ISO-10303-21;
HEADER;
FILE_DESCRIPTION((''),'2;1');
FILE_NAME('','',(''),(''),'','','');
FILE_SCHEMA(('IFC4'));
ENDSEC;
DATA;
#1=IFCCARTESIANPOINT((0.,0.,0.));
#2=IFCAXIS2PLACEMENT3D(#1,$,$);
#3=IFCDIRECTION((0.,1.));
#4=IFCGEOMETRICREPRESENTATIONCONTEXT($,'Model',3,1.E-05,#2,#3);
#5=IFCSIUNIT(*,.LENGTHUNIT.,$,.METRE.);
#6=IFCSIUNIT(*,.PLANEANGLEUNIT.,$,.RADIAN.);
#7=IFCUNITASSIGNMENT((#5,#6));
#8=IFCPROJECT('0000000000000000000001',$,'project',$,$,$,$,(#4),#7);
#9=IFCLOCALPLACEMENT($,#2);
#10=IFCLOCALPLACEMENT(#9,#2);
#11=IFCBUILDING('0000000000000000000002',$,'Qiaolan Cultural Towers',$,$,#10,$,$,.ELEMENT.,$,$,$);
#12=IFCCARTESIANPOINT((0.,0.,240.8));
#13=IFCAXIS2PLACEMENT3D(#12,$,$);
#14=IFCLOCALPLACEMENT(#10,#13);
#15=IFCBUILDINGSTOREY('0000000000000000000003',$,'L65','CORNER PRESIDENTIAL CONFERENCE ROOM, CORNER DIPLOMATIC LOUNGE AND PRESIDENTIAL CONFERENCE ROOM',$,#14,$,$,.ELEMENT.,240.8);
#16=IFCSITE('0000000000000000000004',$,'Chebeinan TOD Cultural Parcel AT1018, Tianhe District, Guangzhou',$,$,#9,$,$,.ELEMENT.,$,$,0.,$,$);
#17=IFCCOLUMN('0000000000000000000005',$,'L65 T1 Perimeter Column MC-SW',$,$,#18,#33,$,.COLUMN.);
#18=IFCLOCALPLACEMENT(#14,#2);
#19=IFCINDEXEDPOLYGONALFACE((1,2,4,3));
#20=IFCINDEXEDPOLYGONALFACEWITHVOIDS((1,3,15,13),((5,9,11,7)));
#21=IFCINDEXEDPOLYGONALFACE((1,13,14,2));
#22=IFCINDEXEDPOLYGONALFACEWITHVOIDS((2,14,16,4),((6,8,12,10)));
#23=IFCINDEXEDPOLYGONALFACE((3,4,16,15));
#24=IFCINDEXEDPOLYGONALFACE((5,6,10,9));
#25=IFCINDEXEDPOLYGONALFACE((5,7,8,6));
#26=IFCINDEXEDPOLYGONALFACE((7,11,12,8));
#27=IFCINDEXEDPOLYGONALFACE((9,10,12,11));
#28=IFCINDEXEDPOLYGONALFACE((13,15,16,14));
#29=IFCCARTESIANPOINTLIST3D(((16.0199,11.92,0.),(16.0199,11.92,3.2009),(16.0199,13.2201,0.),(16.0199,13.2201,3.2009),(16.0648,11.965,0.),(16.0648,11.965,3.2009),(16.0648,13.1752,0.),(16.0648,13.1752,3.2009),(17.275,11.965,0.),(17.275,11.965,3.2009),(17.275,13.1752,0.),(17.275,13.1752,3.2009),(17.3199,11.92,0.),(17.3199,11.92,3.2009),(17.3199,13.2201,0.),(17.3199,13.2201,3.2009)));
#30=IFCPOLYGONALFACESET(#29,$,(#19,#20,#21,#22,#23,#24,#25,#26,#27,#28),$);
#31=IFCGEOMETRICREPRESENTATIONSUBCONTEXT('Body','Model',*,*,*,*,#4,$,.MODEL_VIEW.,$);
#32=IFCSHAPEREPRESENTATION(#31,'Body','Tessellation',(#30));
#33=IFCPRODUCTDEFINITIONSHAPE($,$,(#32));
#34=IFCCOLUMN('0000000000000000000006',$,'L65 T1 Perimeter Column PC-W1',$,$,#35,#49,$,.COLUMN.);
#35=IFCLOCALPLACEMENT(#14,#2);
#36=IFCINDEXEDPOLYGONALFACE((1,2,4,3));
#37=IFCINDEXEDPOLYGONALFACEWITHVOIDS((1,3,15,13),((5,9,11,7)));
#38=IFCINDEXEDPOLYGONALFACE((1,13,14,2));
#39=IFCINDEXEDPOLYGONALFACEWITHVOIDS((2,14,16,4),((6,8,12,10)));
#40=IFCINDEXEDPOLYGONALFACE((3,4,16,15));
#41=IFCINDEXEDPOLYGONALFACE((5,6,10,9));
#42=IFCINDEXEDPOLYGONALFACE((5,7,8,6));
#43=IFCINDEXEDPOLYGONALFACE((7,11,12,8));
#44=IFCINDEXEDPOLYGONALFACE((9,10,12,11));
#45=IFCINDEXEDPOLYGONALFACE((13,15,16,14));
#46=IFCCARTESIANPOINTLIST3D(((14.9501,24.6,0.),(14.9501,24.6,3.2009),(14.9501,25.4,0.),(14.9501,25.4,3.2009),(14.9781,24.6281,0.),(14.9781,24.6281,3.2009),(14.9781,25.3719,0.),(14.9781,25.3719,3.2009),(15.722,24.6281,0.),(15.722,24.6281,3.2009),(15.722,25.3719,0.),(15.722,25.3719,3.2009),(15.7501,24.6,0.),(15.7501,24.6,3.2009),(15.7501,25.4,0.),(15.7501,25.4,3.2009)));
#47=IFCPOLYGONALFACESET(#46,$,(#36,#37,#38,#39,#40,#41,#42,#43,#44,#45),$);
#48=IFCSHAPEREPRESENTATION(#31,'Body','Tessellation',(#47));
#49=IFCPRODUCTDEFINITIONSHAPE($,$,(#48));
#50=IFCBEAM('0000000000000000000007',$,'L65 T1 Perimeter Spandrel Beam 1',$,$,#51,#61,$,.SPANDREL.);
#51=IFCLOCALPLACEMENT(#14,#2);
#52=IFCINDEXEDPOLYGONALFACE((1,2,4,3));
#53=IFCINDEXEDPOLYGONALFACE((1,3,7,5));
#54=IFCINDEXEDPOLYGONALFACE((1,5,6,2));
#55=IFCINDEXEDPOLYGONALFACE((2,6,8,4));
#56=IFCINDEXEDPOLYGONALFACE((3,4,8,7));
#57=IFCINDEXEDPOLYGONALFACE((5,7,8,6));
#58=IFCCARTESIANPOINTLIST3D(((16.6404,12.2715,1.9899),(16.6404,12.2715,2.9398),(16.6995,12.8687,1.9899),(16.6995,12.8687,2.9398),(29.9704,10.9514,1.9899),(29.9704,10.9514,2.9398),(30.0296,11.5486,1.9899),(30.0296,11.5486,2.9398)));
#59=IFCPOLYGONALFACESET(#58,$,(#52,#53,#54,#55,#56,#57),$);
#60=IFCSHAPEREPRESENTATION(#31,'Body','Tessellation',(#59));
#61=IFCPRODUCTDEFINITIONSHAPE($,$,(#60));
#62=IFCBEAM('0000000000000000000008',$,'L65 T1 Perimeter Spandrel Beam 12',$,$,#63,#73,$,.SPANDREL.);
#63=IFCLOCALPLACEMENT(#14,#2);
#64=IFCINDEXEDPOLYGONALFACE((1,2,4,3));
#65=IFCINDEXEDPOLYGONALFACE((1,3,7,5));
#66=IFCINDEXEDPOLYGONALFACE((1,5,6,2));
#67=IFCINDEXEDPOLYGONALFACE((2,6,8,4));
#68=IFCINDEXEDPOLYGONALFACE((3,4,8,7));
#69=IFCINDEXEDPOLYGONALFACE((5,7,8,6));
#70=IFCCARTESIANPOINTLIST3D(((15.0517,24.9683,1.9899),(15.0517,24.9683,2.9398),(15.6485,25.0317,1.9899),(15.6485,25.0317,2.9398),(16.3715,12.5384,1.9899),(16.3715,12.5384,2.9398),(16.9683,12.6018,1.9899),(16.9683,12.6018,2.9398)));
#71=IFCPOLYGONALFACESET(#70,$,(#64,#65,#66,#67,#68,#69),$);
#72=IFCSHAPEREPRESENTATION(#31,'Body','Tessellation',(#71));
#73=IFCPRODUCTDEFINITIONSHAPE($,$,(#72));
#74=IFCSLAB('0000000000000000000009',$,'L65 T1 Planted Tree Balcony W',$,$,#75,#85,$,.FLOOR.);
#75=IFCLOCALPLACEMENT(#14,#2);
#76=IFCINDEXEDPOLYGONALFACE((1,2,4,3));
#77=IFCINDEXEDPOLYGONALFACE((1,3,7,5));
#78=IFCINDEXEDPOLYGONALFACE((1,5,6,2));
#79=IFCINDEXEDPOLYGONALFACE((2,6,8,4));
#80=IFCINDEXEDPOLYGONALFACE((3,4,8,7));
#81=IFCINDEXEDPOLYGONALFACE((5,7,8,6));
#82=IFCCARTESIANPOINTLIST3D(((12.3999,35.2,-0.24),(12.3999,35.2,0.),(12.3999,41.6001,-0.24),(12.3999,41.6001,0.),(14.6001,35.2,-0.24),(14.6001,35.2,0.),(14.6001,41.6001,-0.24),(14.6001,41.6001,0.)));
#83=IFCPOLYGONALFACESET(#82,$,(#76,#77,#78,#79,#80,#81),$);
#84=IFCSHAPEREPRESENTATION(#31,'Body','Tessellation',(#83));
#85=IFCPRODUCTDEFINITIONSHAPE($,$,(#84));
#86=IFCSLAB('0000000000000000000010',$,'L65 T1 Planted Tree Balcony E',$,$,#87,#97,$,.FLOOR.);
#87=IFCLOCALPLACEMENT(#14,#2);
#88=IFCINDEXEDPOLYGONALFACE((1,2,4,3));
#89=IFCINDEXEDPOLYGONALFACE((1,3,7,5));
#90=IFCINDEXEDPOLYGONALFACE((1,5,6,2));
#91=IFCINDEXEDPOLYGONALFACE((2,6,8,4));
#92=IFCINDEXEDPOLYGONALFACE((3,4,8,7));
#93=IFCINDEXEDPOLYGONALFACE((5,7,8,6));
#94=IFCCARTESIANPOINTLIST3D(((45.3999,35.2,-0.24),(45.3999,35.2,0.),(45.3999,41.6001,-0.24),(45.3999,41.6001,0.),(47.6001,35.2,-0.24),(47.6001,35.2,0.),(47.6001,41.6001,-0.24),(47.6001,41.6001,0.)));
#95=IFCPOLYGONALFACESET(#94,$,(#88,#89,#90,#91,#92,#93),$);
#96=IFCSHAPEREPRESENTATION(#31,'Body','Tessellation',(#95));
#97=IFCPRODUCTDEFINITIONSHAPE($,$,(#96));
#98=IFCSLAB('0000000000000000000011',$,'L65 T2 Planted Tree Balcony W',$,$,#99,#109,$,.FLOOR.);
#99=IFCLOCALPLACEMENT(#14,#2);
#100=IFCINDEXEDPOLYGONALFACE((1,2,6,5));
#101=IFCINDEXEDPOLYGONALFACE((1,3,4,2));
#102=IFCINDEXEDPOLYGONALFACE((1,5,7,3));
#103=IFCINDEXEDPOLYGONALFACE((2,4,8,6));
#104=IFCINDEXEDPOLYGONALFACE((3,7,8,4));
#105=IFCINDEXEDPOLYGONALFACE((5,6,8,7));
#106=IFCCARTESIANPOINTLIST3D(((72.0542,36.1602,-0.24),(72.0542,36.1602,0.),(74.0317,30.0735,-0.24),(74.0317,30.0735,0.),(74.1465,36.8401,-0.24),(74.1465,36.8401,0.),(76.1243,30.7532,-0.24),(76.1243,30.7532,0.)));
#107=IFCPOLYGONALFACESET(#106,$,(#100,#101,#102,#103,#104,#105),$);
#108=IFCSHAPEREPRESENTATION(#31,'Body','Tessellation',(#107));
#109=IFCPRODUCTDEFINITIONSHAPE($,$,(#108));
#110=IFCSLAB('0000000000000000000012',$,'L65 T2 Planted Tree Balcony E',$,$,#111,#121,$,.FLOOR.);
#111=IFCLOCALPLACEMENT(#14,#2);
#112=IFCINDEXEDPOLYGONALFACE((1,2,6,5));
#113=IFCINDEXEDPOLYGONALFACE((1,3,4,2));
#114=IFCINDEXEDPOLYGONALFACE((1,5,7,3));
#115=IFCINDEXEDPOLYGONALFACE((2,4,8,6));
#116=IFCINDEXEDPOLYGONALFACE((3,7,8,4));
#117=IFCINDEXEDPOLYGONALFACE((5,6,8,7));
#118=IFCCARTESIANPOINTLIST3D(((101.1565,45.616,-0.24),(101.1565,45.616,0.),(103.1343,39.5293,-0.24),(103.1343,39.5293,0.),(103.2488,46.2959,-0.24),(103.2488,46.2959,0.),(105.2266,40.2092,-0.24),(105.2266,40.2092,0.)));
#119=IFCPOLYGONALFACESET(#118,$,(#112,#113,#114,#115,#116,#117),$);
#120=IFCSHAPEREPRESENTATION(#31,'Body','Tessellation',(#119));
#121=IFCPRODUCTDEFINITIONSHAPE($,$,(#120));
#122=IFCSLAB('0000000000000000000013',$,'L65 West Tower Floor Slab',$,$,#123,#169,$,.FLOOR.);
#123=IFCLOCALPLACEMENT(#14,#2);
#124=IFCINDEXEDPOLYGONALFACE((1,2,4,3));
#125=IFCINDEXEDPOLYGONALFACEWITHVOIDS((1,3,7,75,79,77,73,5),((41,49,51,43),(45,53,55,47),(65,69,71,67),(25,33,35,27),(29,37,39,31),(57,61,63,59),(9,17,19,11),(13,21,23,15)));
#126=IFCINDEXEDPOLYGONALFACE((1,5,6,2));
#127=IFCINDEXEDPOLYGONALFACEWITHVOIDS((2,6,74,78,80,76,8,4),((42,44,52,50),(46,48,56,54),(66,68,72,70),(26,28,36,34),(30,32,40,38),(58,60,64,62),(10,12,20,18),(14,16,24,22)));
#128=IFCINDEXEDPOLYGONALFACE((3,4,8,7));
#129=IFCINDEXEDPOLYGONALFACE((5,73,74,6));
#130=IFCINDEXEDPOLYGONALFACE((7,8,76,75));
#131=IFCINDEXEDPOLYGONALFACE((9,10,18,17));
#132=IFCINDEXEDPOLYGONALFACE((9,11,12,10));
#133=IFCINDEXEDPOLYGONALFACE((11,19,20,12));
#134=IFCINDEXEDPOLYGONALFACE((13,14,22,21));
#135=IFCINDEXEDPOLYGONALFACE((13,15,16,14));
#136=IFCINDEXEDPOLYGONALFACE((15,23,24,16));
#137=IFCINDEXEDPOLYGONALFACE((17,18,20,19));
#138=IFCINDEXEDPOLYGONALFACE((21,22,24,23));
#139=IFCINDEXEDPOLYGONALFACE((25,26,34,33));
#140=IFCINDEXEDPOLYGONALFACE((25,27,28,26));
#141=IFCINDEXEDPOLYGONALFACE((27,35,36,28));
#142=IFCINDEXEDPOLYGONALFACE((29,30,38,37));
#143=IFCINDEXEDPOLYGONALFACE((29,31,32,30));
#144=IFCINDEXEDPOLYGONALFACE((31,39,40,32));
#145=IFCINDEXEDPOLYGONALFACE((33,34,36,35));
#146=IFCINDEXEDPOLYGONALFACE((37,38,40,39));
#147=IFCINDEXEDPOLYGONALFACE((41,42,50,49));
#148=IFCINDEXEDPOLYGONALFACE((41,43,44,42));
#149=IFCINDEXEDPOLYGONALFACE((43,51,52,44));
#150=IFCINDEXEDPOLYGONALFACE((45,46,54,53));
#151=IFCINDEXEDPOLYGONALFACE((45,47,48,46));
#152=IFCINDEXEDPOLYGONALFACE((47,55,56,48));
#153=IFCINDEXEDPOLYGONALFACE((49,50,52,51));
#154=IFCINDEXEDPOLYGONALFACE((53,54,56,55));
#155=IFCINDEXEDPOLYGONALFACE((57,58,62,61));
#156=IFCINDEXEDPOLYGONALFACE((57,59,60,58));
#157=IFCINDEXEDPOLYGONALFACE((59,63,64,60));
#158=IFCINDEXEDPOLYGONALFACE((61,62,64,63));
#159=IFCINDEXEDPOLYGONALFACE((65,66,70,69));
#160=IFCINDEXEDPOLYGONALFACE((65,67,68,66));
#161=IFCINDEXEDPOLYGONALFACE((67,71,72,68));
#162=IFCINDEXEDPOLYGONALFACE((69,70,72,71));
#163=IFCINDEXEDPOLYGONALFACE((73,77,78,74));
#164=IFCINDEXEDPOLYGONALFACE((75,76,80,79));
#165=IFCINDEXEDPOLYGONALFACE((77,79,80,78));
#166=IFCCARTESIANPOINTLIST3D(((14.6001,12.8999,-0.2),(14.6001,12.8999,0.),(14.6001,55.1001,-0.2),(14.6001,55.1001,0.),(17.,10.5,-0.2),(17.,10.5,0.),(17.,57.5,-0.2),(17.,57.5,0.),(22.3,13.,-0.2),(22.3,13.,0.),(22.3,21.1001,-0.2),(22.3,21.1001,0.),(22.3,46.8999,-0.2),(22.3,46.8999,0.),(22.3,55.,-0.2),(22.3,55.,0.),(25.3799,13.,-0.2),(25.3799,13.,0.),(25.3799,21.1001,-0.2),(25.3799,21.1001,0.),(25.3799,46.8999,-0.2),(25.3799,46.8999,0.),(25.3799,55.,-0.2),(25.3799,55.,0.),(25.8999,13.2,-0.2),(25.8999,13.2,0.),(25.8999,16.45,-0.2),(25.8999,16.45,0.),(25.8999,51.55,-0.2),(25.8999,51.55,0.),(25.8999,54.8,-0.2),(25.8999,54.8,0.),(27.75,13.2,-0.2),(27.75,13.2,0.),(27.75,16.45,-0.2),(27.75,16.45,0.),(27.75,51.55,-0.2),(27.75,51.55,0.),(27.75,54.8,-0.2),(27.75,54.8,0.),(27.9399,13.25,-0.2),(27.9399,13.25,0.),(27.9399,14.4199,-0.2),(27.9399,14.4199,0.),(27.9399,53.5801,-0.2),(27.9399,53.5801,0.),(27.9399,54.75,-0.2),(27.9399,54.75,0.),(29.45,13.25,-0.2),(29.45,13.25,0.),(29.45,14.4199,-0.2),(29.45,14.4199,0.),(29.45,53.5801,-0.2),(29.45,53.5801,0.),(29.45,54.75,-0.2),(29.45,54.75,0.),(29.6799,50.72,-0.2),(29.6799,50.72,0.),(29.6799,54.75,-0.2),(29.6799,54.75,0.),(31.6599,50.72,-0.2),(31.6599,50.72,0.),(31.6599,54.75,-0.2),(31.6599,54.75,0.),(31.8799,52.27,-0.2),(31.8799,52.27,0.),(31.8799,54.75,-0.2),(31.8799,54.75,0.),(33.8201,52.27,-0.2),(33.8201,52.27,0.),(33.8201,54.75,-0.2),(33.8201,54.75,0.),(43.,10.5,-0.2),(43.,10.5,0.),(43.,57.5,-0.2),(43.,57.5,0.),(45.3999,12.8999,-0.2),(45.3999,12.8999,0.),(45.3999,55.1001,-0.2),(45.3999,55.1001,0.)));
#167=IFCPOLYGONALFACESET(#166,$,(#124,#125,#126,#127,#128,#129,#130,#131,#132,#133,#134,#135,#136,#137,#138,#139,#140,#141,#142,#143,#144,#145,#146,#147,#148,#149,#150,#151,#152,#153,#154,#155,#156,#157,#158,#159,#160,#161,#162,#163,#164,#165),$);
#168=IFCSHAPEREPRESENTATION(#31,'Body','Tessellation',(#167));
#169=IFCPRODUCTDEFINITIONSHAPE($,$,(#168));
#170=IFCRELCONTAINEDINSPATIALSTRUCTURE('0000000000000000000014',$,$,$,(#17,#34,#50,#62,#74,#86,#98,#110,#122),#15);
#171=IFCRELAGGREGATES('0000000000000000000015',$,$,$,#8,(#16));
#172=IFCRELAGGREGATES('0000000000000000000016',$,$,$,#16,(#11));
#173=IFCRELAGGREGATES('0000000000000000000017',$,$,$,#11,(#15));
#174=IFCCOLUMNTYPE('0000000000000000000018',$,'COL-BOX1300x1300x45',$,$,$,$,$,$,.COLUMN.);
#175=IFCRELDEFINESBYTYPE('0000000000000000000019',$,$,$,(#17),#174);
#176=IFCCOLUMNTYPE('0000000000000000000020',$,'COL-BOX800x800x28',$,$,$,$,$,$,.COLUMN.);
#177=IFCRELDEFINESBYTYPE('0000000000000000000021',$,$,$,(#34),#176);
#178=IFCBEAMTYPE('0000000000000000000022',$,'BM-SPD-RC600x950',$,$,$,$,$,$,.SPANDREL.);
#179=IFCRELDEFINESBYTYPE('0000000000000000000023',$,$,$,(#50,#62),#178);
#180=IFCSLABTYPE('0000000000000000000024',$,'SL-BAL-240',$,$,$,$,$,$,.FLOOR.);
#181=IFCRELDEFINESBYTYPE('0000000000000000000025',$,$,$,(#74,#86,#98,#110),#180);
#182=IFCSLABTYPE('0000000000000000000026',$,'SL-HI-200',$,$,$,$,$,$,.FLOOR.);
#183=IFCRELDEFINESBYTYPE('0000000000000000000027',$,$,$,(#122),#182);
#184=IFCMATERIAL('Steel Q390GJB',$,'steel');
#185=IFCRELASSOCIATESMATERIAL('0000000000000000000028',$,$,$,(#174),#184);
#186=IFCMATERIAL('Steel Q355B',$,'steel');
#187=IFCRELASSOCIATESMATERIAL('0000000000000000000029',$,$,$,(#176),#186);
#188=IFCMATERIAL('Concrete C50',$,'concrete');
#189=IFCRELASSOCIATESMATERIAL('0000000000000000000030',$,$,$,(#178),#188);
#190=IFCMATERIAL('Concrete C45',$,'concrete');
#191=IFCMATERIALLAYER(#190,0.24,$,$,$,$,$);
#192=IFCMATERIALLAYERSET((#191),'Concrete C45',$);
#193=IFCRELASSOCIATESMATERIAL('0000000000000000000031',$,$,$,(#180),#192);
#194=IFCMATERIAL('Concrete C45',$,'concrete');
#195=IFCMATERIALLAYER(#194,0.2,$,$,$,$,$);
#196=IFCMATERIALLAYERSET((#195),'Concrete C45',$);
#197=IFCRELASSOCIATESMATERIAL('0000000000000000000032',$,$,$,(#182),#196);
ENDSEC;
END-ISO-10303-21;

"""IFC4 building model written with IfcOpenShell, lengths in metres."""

from ifc_helpers import new_model, si_unit, direction, frame, origin, origin_2d, place, context, subcontext, project, spatial, polyline, rectangle, hollow_rectangle, outline, extrude, material, layer, layer_set, material_profile, profile_set, type_object, element, save


model = new_model("IFC4")

# Units and contexts
model_context = context("Model", 3, precision=1e-05, world=origin(), true_north=direction((0.0, 1.0)))
body_context = subcontext(model_context, "Body", "Model", "MODEL_VIEW")
ifc_project = project(units=[si_unit("LENGTHUNIT", "METRE"), si_unit("PLANEANGLEUNIT", "RADIAN")], contexts=[model_context])

# Site, building, storey
site_placement = place(None, origin())
site = spatial("IfcSite", under=ifc_project, at=site_placement, Name="Chebeinan TOD Cultural Parcel AT1018, Tianhe District, Guangzhou", CompositionType="ELEMENT", RefElevation=0.0)
building_placement = place(site_placement, origin())
building = spatial("IfcBuilding", under=site, at=building_placement, Name="Qiaolan Cultural Towers", CompositionType="ELEMENT")
storey_placement = place(building_placement, frame((0.0, 0.0, 240.8)))
storey = spatial("IfcBuildingStorey", under=building, at=storey_placement, Name="L65", Description="CORNER PRESIDENTIAL CONFERENCE ROOM, CORNER DIPLOMATIC LOUNGE AND PRESIDENTIAL CONFERENCE ROOM", CompositionType="ELEMENT", Elevation=240.8)

# Columns
ifc_material_1 = material(Name="Steel Q390GJB", Category="steel")
ifc_material_profile_1 = material_profile(ifc_material_1, hollow_rectangle(XDim=1.3, YDim=1.3, WallThickness=0.0449, at=origin_2d()), Name="BOX1300x1300x45")
ifc_profile_set_1 = profile_set([ifc_material_profile_1], Name="Steel Q390GJB")
column_type_1 = type_object("IfcColumnType", Name="COL-BOX1300x1300x45", PredefinedType="COLUMN", material=ifc_profile_set_1)
column_1_placement = place(storey_placement, frame((16.6699, 12.5701, 0.0), z_axis=(0.0, 0.0, 1.0), x_axis=(1.0, 0.0, 0.0)))
element("IfcColumn", 1, at=column_1_placement, inside=storey, type_object=column_type_1, Name="L65 T1 Perimeter Column MC-SW", PredefinedType="COLUMN", context=body_context, shape_type="SweptSolid", body=[
    extrude(hollow_rectangle(XDim=1.3, YDim=1.3, WallThickness=0.0449, at=origin_2d()), origin(), (0.0, 0.0, 1.0), 3.2009),
])
ifc_material_2 = material(Name="Steel Q355B", Category="steel")
ifc_material_profile_2 = material_profile(ifc_material_2, hollow_rectangle(XDim=0.8, YDim=0.8, WallThickness=0.0281, at=origin_2d()), Name="BOX800x800x28")
ifc_profile_set_2 = profile_set([ifc_material_profile_2], Name="Steel Q355B")
column_type_2 = type_object("IfcColumnType", Name="COL-BOX800x800x28", PredefinedType="COLUMN", material=ifc_profile_set_2)
column_2_placement = place(storey_placement, frame((15.3501, 25.0, 0.0), z_axis=(0.0, 0.0, 1.0), x_axis=(1.0, 0.0, 0.0)))
element("IfcColumn", 2, at=column_2_placement, inside=storey, type_object=column_type_2, Name="L65 T1 Perimeter Column PC-W1", PredefinedType="COLUMN", context=body_context, shape_type="SweptSolid", body=[
    extrude(hollow_rectangle(XDim=0.8, YDim=0.8, WallThickness=0.0281, at=origin_2d()), origin(), (0.0, 0.0, 1.0), 3.2009),
])

# Beams
ifc_material_3 = material(Name="Concrete C50", Category="concrete")
ifc_material_profile_3 = material_profile(ifc_material_3, rectangle(XDim=0.6001, YDim=0.95, at=origin_2d()), Name="RC600x950")
ifc_profile_set_3 = profile_set([ifc_material_profile_3], Name="Concrete C50")
beam_type = type_object("IfcBeamType", Name="BM-SPD-RC600x950", PredefinedType="SPANDREL", material=ifc_profile_set_3)
beam_1_placement = place(storey_placement, frame((16.6699, 12.5701, 2.4648), z_axis=(0.995132, -0.098547, 0.0), x_axis=(0.098547, 0.995132, 0.0)))
element("IfcBeam", 3, at=beam_1_placement, inside=storey, type_object=beam_type, Name="L65 T1 Perimeter Spandrel Beam 1", PredefinedType="SPANDREL", context=body_context, shape_type="SweptSolid", body=[
    extrude(rectangle(XDim=0.6001, YDim=0.95, at=origin_2d()), origin(), (0.0, 0.0, 1.0), 13.3953),
])
beam_2_placement = place(storey_placement, frame((15.3501, 25.0, 2.4648), z_axis=(0.105588, -0.99441, 0.0), x_axis=(0.99441, 0.105588, 0.0)))
element("IfcBeam", 4, at=beam_2_placement, inside=storey, type_object=beam_type, Name="L65 T1 Perimeter Spandrel Beam 12", PredefinedType="SPANDREL", context=body_context, shape_type="SweptSolid", body=[
    extrude(rectangle(XDim=0.6001, YDim=0.95, at=origin_2d()), origin(), (0.0, 0.0, 1.0), 12.4998),
])

# Slabs
ifc_material_4 = material(Name="Concrete C45", Category="concrete")
ifc_layer_1 = layer(ifc_material_4, 0.24)
ifc_layer_set_1 = layer_set([ifc_layer_1], Name="Concrete C45")
slab_type_1 = type_object("IfcSlabType", Name="SL-BAL-240", PredefinedType="FLOOR", material=ifc_layer_set_1)
slab_1_placement = place(storey_placement, frame((0.0, 0.0, -0.24)))
element("IfcSlab", 5, at=slab_1_placement, inside=storey, type_object=slab_type_1, Name="L65 T1 Planted Tree Balcony W", PredefinedType="FLOOR", context=body_context, shape_type="SweptSolid", body=[
    extrude(outline(polyline([(12.3999, 35.2), (14.6001, 35.2), (14.6001, 41.6001), (12.3999, 41.6001), (12.3999, 35.2)])), origin(), (0.0, 0.0, 1.0), 0.24),
])
slab_2_placement = place(storey_placement, frame((0.0, 0.0, -0.24)))
element("IfcSlab", 6, at=slab_2_placement, inside=storey, type_object=slab_type_1, Name="L65 T1 Planted Tree Balcony E", PredefinedType="FLOOR", context=body_context, shape_type="SweptSolid", body=[
    extrude(outline(polyline([(45.3999, 35.2), (47.6001, 35.2), (47.6001, 41.6001), (45.3999, 41.6001), (45.3999, 35.2)])), origin(), (0.0, 0.0, 1.0), 0.24),
])
slab_3_placement = place(storey_placement, frame((0.0, 0.0, -0.24)))
element("IfcSlab", 7, at=slab_3_placement, inside=storey, type_object=slab_type_1, Name="L65 T2 Planted Tree Balcony W", PredefinedType="FLOOR", context=body_context, shape_type="SweptSolid", body=[
    extrude(outline(polyline([(74.0317, 30.0735), (76.1243, 30.7532), (74.1465, 36.8401), (72.0542, 36.1602), (74.0317, 30.0735)])), origin(), (0.0, 0.0, 1.0), 0.24),
])
slab_4_placement = place(storey_placement, frame((0.0, 0.0, -0.24)))
element("IfcSlab", 8, at=slab_4_placement, inside=storey, type_object=slab_type_1, Name="L65 T2 Planted Tree Balcony E", PredefinedType="FLOOR", context=body_context, shape_type="SweptSolid", body=[
    extrude(outline(polyline([(103.1343, 39.5293), (105.2266, 40.2092), (103.2488, 46.2959), (101.1565, 45.616), (103.1343, 39.5293)])), origin(), (0.0, 0.0, 1.0), 0.24),
])
ifc_material_5 = material(Name="Concrete C45", Category="concrete")
ifc_layer_2 = layer(ifc_material_5, 0.2)
ifc_layer_set_2 = layer_set([ifc_layer_2], Name="Concrete C45")
slab_type_2 = type_object("IfcSlabType", Name="SL-HI-200", PredefinedType="FLOOR", material=ifc_layer_set_2)
slab_5_placement = place(storey_placement, frame((0.0, 0.0, -0.2)))
element("IfcSlab", 9, at=slab_5_placement, inside=storey, type_object=slab_type_2, Name="L65 West Tower Floor Slab", PredefinedType="FLOOR", context=body_context, shape_type="SweptSolid", body=[
    extrude(outline(polyline([(17.0, 10.5), (43.0, 10.5), (45.3999, 12.8999), (45.3999, 55.1001), (43.0, 57.5), (17.0, 57.5), (14.6001, 55.1001), (14.6001, 12.8999), (17.0, 10.5)]), holes=[polyline([(22.3, 21.1001), (22.3, 13.0), (25.3799, 13.0), (25.3799, 21.1001), (22.3, 21.1001)]), polyline([(25.3799, 46.8999), (25.3799, 55.0), (22.3, 55.0), (22.3, 46.8999), (25.3799, 46.8999)]), polyline([(25.8999, 13.2), (27.75, 13.2), (27.75, 16.45), (25.8999, 16.45), (25.8999, 13.2)]), polyline([(27.9399, 13.25), (29.45, 13.25), (29.45, 14.4199), (27.9399, 14.4199), (27.9399, 13.25)]), polyline([(25.8999, 51.55), (27.75, 51.55), (27.75, 54.8), (25.8999, 54.8), (25.8999, 51.55)]), polyline([(27.9399, 53.5801), (29.45, 53.5801), (29.45, 54.75), (27.9399, 54.75), (27.9399, 53.5801)]), polyline([(31.8799, 52.27), (33.8201, 52.27), (33.8201, 54.75), (31.8799, 54.75), (31.8799, 52.27)]), polyline([(29.6799, 50.72), (31.6599, 50.72), (31.6599, 54.75), (29.6799, 54.75), (29.6799, 50.72)])]), origin(), (0.0, 0.0, 1.0), 0.2),
])

save(model, "model.ifc")
